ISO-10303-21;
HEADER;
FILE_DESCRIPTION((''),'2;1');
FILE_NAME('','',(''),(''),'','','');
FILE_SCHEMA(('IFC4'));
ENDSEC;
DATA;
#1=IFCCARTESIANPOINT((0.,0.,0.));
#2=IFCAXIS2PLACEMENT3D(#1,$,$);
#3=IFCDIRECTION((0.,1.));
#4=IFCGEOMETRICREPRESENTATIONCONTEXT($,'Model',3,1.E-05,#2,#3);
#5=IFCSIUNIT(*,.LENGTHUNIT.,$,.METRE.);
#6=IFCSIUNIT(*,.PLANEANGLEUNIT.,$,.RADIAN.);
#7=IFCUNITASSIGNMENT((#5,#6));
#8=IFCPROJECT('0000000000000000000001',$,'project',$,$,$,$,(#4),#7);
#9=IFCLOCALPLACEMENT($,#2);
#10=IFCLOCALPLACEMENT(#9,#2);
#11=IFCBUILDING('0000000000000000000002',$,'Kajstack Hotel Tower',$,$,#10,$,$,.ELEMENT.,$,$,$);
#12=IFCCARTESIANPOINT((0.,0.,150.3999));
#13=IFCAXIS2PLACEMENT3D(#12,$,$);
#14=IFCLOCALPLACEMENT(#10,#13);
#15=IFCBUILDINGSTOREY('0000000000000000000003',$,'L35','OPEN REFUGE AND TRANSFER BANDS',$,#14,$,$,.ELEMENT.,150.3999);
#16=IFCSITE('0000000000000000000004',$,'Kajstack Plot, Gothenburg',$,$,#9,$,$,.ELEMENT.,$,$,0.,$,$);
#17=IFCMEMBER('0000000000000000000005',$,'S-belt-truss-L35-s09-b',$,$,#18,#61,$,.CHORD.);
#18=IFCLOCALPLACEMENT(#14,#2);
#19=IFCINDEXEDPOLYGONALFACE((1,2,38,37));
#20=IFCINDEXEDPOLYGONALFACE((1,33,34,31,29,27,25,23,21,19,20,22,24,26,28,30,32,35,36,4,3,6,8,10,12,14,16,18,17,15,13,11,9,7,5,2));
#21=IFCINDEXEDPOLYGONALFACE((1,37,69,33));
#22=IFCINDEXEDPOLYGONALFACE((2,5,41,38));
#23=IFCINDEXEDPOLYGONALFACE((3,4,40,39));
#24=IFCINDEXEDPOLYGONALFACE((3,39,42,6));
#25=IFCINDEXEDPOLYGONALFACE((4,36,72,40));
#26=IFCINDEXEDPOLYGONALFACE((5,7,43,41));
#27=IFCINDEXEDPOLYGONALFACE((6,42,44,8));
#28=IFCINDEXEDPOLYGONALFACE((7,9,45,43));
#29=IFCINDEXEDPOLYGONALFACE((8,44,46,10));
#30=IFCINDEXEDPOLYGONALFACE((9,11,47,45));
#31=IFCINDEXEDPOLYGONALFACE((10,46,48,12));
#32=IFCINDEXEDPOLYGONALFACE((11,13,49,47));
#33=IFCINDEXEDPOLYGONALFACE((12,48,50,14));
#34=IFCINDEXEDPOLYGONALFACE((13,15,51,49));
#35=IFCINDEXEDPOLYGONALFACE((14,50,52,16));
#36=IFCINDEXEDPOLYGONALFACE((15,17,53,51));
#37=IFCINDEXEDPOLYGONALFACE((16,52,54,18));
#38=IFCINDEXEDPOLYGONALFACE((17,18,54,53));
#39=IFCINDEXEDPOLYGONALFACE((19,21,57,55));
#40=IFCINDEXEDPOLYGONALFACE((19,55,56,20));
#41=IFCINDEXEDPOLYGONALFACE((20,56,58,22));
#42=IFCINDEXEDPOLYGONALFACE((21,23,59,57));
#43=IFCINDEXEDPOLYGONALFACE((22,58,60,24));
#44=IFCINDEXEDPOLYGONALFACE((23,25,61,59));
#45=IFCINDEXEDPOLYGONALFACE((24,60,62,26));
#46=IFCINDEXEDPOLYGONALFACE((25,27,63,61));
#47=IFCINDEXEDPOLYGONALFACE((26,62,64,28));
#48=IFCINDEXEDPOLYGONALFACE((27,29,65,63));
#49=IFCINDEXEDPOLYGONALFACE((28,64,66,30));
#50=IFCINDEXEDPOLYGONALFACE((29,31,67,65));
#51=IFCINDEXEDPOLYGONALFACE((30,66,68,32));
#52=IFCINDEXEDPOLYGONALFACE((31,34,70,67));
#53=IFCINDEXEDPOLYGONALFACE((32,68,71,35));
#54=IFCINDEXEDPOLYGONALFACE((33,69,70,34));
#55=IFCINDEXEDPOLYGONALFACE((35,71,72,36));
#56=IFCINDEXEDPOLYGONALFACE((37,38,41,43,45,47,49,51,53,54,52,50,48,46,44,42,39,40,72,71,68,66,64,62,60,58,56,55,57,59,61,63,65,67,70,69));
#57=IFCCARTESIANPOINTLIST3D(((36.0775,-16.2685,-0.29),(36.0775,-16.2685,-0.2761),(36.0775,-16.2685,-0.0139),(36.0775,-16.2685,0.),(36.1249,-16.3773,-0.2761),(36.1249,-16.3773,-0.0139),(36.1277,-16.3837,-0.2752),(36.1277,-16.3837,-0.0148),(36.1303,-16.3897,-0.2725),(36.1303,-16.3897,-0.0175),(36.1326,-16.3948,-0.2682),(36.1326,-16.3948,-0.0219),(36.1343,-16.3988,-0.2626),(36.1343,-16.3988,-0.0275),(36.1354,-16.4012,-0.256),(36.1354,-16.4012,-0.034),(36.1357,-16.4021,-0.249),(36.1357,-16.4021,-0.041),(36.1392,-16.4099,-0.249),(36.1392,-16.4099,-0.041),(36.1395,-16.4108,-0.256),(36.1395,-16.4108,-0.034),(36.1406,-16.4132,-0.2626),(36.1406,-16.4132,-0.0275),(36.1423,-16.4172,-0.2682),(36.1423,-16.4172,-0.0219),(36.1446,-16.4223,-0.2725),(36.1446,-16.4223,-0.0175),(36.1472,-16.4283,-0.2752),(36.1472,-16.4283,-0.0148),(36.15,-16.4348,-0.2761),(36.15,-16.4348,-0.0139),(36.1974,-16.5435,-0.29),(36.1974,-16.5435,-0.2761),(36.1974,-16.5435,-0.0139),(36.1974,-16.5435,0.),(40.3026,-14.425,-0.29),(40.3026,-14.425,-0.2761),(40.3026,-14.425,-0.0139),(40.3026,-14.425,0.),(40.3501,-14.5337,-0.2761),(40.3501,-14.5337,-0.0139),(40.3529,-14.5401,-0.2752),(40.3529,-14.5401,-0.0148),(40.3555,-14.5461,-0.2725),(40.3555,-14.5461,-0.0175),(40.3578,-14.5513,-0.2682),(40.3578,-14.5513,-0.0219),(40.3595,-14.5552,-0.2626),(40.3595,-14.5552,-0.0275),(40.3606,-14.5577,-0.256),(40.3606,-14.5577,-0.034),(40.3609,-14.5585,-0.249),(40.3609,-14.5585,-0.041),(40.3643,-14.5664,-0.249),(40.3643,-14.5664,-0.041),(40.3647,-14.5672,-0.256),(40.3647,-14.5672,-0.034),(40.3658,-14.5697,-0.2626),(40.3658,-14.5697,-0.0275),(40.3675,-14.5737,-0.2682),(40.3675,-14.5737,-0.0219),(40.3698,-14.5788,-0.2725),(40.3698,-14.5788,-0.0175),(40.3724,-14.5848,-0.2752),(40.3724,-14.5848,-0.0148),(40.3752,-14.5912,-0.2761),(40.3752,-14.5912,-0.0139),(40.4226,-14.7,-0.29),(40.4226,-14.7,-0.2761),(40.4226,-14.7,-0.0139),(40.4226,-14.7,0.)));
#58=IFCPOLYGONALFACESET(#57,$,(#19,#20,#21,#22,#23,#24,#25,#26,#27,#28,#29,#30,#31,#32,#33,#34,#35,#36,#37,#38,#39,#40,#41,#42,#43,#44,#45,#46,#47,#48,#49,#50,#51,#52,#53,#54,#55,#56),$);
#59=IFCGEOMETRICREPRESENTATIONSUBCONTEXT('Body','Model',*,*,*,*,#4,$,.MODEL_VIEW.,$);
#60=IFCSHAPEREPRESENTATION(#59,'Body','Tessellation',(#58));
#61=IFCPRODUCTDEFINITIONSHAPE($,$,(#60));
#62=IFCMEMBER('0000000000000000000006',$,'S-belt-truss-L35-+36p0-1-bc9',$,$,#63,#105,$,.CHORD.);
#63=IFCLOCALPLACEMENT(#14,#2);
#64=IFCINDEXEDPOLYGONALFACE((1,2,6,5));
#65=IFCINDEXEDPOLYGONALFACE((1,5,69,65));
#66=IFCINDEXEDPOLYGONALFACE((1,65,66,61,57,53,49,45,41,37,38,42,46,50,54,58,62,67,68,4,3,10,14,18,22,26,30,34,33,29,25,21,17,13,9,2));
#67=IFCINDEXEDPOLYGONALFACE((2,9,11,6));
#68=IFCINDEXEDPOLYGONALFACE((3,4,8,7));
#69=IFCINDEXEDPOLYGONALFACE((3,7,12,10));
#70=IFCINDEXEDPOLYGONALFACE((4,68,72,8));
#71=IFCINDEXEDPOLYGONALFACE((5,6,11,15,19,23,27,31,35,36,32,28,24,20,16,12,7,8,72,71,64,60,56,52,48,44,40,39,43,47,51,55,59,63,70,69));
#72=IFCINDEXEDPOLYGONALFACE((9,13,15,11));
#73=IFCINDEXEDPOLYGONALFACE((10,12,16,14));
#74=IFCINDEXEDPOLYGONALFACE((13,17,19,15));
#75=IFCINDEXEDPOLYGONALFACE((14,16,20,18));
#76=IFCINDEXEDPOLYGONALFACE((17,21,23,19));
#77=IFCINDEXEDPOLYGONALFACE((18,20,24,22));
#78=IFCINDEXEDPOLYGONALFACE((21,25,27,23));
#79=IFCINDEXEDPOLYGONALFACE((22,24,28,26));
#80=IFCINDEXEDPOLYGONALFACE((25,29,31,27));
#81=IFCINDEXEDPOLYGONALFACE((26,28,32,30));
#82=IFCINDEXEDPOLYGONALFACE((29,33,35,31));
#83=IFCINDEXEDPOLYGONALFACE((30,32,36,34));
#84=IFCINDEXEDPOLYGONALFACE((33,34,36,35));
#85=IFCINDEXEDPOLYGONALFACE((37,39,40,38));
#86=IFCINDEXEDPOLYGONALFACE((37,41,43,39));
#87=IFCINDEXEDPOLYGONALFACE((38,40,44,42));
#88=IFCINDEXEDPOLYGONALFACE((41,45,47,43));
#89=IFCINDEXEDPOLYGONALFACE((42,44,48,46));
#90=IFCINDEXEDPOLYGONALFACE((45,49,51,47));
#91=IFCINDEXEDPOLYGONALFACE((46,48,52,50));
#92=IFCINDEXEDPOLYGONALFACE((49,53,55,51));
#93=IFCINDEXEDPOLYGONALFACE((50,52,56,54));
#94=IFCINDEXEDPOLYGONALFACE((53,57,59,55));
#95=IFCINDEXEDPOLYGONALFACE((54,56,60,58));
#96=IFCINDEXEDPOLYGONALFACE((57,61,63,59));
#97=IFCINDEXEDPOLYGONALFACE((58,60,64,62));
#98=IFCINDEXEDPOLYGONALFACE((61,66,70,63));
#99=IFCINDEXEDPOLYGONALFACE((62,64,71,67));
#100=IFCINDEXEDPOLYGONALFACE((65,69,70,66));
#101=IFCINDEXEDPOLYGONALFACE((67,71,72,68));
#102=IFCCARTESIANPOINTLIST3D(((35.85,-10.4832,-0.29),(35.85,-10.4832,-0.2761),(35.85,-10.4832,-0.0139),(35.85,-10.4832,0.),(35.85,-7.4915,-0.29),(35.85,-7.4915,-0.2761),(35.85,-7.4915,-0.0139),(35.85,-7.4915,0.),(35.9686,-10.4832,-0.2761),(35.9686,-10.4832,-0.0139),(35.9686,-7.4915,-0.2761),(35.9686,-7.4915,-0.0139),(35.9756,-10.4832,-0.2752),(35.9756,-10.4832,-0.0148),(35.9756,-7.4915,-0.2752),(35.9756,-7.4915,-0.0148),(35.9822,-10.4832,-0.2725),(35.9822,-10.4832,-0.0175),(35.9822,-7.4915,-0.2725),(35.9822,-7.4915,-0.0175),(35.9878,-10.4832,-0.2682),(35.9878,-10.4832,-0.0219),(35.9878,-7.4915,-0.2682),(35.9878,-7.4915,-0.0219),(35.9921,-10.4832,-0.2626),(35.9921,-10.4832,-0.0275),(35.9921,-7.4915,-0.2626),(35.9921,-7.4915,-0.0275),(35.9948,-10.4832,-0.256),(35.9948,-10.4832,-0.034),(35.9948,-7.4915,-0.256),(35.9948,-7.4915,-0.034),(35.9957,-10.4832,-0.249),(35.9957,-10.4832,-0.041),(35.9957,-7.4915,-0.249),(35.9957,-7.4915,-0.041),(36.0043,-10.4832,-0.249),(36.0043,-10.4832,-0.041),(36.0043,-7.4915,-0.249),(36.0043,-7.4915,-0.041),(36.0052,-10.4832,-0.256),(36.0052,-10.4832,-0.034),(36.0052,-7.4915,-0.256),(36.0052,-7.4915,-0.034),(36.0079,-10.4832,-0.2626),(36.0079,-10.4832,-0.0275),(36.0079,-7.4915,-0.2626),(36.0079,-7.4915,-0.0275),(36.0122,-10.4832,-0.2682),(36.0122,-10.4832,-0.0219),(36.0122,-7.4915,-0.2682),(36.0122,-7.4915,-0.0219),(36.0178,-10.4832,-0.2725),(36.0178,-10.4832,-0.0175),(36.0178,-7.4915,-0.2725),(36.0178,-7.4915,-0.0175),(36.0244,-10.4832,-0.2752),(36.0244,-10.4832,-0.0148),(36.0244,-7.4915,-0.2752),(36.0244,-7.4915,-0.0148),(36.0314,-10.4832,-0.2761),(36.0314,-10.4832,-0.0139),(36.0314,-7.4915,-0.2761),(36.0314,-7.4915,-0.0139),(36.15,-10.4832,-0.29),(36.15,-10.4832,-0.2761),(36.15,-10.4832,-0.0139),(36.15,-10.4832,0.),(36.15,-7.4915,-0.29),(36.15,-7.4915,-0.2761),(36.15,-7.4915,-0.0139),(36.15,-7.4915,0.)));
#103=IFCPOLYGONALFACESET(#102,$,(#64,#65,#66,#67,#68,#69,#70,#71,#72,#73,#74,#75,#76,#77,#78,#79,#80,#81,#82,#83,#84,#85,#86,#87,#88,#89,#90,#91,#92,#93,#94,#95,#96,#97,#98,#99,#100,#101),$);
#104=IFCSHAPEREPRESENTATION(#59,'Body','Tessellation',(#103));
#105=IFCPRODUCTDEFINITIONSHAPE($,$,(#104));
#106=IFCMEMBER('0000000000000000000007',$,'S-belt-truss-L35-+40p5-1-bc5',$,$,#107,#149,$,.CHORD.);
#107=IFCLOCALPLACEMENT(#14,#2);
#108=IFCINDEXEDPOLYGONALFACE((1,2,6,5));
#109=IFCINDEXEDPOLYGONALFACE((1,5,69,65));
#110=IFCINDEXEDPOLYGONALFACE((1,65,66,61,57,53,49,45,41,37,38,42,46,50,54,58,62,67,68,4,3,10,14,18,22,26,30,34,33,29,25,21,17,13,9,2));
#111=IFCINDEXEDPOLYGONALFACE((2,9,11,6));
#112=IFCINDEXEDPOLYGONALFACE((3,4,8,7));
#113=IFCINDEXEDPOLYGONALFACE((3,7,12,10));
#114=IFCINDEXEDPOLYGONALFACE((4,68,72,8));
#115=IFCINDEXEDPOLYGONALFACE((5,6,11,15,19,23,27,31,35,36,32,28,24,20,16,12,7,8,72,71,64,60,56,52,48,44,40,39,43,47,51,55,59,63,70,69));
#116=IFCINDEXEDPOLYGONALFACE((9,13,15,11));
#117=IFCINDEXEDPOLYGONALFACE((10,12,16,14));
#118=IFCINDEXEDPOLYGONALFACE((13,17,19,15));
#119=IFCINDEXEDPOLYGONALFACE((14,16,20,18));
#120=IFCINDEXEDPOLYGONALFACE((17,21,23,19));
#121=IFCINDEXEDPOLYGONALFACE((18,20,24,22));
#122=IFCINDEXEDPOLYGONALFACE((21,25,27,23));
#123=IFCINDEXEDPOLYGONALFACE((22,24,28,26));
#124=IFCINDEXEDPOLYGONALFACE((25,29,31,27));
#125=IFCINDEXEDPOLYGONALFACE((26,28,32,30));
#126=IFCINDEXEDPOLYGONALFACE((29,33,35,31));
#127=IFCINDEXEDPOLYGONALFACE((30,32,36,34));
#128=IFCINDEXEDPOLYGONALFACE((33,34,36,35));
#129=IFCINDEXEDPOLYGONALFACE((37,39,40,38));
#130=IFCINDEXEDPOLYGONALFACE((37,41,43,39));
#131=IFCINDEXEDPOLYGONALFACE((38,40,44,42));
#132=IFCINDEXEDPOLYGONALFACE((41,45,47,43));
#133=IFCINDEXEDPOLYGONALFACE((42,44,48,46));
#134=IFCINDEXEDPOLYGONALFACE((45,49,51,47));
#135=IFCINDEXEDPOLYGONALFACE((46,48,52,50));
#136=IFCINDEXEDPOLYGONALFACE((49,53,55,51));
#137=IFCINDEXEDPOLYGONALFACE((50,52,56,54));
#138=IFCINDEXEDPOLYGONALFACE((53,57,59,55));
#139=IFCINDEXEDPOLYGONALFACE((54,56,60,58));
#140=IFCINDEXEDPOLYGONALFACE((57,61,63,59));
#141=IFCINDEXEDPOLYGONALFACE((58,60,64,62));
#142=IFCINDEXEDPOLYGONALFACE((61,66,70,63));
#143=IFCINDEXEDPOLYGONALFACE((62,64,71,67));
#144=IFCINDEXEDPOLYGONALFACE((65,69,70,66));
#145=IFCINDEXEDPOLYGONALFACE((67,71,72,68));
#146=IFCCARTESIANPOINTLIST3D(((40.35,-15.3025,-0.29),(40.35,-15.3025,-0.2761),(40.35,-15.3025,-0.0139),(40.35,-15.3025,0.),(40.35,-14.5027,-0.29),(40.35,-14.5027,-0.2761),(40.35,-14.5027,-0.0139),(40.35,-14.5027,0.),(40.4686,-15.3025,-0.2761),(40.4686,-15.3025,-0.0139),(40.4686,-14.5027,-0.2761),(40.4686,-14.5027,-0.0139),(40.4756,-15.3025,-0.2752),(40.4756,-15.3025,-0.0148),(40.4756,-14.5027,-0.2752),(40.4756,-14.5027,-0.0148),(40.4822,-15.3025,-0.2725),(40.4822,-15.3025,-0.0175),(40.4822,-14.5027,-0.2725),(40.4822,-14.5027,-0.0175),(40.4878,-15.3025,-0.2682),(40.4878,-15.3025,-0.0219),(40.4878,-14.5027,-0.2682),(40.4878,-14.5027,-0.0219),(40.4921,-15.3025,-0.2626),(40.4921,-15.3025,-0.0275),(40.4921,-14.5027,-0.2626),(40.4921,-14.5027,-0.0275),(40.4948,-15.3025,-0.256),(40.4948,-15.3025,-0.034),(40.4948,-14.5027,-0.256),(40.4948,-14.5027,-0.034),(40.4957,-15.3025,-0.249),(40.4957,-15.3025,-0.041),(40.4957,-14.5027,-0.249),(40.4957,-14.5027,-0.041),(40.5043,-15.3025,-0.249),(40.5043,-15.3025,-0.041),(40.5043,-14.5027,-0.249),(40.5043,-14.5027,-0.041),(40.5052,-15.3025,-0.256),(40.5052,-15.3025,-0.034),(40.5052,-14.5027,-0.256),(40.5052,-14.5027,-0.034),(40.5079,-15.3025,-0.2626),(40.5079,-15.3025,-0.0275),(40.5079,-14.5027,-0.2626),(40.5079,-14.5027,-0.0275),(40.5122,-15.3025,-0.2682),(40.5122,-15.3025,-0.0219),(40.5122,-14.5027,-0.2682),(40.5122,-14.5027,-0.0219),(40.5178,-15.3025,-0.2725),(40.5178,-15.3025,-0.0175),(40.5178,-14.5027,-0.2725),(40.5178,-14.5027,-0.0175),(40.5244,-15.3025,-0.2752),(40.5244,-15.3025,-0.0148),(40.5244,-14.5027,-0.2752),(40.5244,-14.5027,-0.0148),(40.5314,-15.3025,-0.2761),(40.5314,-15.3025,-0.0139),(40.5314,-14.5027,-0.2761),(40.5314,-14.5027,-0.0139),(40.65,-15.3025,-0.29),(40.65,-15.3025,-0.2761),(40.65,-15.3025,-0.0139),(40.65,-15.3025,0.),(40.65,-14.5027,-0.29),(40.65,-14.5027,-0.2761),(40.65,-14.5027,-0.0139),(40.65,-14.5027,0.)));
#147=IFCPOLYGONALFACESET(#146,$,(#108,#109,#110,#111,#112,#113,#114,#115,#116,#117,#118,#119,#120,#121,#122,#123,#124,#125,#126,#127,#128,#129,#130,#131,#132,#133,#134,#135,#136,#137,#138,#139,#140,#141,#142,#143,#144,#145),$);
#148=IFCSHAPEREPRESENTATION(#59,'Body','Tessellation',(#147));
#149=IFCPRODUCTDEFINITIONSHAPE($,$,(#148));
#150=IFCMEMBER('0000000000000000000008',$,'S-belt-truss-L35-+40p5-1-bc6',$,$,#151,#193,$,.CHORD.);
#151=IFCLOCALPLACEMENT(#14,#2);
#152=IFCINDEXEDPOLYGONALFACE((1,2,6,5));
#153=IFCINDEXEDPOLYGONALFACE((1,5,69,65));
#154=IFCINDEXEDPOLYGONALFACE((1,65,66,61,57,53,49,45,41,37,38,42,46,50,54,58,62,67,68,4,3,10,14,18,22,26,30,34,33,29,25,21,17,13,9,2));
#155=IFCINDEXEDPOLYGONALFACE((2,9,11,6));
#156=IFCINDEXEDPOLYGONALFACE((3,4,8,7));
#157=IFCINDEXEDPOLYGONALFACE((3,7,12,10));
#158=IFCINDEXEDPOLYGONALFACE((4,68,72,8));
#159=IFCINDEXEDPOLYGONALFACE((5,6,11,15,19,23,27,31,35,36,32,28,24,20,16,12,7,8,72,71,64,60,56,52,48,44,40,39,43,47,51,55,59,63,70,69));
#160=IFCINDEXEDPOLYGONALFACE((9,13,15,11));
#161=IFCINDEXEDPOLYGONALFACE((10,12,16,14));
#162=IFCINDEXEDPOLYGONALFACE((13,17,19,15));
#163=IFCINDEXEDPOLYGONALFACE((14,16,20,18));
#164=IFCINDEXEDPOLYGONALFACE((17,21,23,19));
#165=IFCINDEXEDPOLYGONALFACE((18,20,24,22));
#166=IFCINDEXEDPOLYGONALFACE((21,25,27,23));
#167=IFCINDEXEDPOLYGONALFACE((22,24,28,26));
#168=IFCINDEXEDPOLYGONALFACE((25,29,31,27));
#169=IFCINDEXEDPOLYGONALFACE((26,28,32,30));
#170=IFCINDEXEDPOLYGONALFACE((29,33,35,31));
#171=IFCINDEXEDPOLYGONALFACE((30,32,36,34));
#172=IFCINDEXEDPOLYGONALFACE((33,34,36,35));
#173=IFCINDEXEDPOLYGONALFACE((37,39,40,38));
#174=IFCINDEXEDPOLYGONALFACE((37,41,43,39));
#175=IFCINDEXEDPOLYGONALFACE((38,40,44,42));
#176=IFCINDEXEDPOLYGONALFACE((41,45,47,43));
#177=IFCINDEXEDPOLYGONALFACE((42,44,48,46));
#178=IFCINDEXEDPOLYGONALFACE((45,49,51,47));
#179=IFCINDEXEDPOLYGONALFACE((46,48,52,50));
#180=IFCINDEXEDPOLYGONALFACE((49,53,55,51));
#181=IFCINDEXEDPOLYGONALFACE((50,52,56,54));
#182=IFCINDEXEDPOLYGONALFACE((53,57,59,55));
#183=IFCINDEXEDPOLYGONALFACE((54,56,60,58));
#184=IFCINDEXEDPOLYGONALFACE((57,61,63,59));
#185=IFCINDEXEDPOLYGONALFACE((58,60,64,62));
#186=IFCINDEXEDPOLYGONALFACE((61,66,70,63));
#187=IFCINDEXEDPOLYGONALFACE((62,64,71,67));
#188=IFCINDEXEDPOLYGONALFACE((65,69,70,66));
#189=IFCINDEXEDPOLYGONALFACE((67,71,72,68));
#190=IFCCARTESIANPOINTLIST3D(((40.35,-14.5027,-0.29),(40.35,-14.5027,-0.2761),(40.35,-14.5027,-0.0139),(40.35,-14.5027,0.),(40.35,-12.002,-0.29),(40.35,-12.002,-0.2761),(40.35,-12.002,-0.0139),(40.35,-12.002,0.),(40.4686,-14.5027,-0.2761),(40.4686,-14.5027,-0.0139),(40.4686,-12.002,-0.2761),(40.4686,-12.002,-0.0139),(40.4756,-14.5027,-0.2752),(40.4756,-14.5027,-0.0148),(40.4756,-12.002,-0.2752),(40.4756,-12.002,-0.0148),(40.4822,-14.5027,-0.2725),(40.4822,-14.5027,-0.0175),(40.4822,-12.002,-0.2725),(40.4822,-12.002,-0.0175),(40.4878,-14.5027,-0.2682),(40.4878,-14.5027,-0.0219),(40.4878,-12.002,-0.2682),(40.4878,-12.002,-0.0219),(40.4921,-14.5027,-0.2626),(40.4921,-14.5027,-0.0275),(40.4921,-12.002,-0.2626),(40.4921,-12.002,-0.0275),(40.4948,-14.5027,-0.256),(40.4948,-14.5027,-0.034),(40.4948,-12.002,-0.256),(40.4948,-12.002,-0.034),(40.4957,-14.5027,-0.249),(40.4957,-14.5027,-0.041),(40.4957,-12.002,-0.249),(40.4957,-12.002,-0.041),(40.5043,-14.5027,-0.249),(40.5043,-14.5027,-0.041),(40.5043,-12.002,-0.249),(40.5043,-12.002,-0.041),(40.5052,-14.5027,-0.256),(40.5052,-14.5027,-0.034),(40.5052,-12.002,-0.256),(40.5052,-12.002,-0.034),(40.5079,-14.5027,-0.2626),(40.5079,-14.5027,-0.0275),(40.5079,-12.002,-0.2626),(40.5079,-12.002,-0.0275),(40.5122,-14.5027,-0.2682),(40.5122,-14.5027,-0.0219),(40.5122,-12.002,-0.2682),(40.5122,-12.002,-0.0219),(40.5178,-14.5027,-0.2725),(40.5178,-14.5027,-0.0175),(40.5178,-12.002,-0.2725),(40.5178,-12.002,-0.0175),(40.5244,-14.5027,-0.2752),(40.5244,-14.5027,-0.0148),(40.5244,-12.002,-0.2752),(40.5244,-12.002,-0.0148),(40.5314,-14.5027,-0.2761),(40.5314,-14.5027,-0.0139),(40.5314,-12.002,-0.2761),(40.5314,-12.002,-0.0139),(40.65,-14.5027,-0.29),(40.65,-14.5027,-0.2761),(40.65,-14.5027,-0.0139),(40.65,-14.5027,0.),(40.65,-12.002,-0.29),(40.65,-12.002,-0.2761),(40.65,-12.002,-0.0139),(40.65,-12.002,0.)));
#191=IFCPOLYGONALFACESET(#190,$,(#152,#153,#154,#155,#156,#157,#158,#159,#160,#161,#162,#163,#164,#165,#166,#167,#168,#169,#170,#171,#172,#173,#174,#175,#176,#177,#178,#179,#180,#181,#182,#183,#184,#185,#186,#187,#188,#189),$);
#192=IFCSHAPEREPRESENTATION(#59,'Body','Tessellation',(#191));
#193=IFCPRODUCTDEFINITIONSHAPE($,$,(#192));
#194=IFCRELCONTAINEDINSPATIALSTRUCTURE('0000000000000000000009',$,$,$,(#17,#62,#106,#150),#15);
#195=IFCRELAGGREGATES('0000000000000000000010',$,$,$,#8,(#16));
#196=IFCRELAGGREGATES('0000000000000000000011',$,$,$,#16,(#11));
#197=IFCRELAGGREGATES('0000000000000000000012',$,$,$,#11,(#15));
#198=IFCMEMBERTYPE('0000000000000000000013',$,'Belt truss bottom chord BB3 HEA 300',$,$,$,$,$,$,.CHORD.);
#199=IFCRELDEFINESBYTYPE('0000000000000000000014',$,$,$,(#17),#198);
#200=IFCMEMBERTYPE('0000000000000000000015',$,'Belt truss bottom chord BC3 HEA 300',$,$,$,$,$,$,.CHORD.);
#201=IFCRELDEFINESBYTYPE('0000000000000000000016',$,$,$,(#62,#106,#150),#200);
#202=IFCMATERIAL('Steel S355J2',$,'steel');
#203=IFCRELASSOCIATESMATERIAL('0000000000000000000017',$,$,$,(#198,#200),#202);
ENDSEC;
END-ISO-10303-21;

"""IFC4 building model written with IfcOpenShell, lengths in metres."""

from ifc_helpers import new_model, si_unit, direction, frame, origin, origin_2d, place, context, subcontext, project, spatial, i_section, extrude, material, material_profile, profile_set, type_object, element, save


model = new_model("IFC4")

# Units and contexts
model_context = context("Model", 3, precision=1e-05, world=origin(), true_north=direction((0.0, 1.0)))
body_context = subcontext(model_context, "Body", "Model", "MODEL_VIEW")
ifc_project = project(units=[si_unit("LENGTHUNIT", "METRE"), si_unit("PLANEANGLEUNIT", "RADIAN")], contexts=[model_context])

# Site, building, storey
site_placement = place(None, origin())
site = spatial("IfcSite", under=ifc_project, at=site_placement, Name="Kajstack Plot, Gothenburg", CompositionType="ELEMENT", RefElevation=0.0)
building_placement = place(site_placement, origin())
building = spatial("IfcBuilding", under=site, at=building_placement, Name="Kajstack Hotel Tower", CompositionType="ELEMENT")
storey_placement = place(building_placement, frame((0.0, 0.0, 150.3999)))
storey = spatial("IfcBuildingStorey", under=building, at=storey_placement, Name="L35", Description="OPEN REFUGE AND TRANSFER BANDS", CompositionType="ELEMENT", Elevation=150.3999)

# Members
ifc_material = material(Name="Steel S355J2", Category="steel")
ifc_material_profile_1 = material_profile(ifc_material, i_section(OverallWidth=0.3, OverallDepth=0.29, WebThickness=0.0085, FlangeThickness=0.0139, FilletRadius=0.0271, at=origin_2d()), Name="HEA 300")
ifc_profile_set_1 = profile_set([ifc_material_profile_1], Name="Steel S355J2")
member_type_1 = type_object("IfcMemberType", Name="Belt truss bottom chord BB3 HEA 300", PredefinedType="CHORD", material=ifc_profile_set_1)
member_1_placement = place(storey_placement, frame((36.1375, -16.406, -0.145), z_axis=(0.916553, 0.399913, 0.0), x_axis=(-0.399913, 0.916553, 0.0)))
element("IfcMember", 1, at=member_1_placement, inside=storey, type_object=member_type_1, Name="S-belt-truss-L35-s09-b", PredefinedType="CHORD", context=body_context, shape_type="SweptSolid", body=[
    extrude(i_section(OverallWidth=0.3, OverallDepth=0.29, WebThickness=0.0085, FlangeThickness=0.0139, FilletRadius=0.0271, at=origin_2d()), origin(), (0.0, 0.0, 1.0), 4.6099),
])
ifc_material_profile_2 = material_profile(ifc_material, i_section(OverallWidth=0.3, OverallDepth=0.29, WebThickness=0.0085, FlangeThickness=0.0139, FilletRadius=0.0271, at=origin_2d()), Name="HEA 300")
ifc_profile_set_2 = profile_set([ifc_material_profile_2], Name="Steel S355J2")
member_type_2 = type_object("IfcMemberType", Name="Belt truss bottom chord BC3 HEA 300", PredefinedType="CHORD", material=ifc_profile_set_2)
member_2_placement = place(storey_placement, frame((36.0, -10.4832, -0.145), z_axis=(0.0, 1.0, 0.0), x_axis=(-1.0, 0.0, 0.0)))
element("IfcMember", 2, at=member_2_placement, inside=storey, type_object=member_type_2, Name="S-belt-truss-L35-+36p0-1-bc9", PredefinedType="CHORD", context=body_context, shape_type="SweptSolid", body=[
    extrude(i_section(OverallWidth=0.3, OverallDepth=0.29, WebThickness=0.0085, FlangeThickness=0.0139, FilletRadius=0.0271, at=origin_2d()), origin(), (0.0, 0.0, 1.0), 2.9917),
])
member_3_placement = place(storey_placement, frame((40.5, -15.3025, -0.145), z_axis=(0.0, 1.0, 0.0), x_axis=(-1.0, 0.0, 0.0)))
element("IfcMember", 3, at=member_3_placement, inside=storey, type_object=member_type_2, Name="S-belt-truss-L35-+40p5-1-bc5", PredefinedType="CHORD", context=body_context, shape_type="SweptSolid", body=[
    extrude(i_section(OverallWidth=0.3, OverallDepth=0.29, WebThickness=0.0085, FlangeThickness=0.0139, FilletRadius=0.0271, at=origin_2d()), origin(), (0.0, 0.0, 1.0), 0.7998),
])
member_4_placement = place(storey_placement, frame((40.5, -14.5027, -0.145), z_axis=(0.0, 1.0, 0.0), x_axis=(-1.0, 0.0, 0.0)))
element("IfcMember", 4, at=member_4_placement, inside=storey, type_object=member_type_2, Name="S-belt-truss-L35-+40p5-1-bc6", PredefinedType="CHORD", context=body_context, shape_type="SweptSolid", body=[
    extrude(i_section(OverallWidth=0.3, OverallDepth=0.29, WebThickness=0.0085, FlangeThickness=0.0139, FilletRadius=0.0271, at=origin_2d()), origin(), (0.0, 0.0, 1.0), 2.5007),
])

save(model, "model.ifc")
